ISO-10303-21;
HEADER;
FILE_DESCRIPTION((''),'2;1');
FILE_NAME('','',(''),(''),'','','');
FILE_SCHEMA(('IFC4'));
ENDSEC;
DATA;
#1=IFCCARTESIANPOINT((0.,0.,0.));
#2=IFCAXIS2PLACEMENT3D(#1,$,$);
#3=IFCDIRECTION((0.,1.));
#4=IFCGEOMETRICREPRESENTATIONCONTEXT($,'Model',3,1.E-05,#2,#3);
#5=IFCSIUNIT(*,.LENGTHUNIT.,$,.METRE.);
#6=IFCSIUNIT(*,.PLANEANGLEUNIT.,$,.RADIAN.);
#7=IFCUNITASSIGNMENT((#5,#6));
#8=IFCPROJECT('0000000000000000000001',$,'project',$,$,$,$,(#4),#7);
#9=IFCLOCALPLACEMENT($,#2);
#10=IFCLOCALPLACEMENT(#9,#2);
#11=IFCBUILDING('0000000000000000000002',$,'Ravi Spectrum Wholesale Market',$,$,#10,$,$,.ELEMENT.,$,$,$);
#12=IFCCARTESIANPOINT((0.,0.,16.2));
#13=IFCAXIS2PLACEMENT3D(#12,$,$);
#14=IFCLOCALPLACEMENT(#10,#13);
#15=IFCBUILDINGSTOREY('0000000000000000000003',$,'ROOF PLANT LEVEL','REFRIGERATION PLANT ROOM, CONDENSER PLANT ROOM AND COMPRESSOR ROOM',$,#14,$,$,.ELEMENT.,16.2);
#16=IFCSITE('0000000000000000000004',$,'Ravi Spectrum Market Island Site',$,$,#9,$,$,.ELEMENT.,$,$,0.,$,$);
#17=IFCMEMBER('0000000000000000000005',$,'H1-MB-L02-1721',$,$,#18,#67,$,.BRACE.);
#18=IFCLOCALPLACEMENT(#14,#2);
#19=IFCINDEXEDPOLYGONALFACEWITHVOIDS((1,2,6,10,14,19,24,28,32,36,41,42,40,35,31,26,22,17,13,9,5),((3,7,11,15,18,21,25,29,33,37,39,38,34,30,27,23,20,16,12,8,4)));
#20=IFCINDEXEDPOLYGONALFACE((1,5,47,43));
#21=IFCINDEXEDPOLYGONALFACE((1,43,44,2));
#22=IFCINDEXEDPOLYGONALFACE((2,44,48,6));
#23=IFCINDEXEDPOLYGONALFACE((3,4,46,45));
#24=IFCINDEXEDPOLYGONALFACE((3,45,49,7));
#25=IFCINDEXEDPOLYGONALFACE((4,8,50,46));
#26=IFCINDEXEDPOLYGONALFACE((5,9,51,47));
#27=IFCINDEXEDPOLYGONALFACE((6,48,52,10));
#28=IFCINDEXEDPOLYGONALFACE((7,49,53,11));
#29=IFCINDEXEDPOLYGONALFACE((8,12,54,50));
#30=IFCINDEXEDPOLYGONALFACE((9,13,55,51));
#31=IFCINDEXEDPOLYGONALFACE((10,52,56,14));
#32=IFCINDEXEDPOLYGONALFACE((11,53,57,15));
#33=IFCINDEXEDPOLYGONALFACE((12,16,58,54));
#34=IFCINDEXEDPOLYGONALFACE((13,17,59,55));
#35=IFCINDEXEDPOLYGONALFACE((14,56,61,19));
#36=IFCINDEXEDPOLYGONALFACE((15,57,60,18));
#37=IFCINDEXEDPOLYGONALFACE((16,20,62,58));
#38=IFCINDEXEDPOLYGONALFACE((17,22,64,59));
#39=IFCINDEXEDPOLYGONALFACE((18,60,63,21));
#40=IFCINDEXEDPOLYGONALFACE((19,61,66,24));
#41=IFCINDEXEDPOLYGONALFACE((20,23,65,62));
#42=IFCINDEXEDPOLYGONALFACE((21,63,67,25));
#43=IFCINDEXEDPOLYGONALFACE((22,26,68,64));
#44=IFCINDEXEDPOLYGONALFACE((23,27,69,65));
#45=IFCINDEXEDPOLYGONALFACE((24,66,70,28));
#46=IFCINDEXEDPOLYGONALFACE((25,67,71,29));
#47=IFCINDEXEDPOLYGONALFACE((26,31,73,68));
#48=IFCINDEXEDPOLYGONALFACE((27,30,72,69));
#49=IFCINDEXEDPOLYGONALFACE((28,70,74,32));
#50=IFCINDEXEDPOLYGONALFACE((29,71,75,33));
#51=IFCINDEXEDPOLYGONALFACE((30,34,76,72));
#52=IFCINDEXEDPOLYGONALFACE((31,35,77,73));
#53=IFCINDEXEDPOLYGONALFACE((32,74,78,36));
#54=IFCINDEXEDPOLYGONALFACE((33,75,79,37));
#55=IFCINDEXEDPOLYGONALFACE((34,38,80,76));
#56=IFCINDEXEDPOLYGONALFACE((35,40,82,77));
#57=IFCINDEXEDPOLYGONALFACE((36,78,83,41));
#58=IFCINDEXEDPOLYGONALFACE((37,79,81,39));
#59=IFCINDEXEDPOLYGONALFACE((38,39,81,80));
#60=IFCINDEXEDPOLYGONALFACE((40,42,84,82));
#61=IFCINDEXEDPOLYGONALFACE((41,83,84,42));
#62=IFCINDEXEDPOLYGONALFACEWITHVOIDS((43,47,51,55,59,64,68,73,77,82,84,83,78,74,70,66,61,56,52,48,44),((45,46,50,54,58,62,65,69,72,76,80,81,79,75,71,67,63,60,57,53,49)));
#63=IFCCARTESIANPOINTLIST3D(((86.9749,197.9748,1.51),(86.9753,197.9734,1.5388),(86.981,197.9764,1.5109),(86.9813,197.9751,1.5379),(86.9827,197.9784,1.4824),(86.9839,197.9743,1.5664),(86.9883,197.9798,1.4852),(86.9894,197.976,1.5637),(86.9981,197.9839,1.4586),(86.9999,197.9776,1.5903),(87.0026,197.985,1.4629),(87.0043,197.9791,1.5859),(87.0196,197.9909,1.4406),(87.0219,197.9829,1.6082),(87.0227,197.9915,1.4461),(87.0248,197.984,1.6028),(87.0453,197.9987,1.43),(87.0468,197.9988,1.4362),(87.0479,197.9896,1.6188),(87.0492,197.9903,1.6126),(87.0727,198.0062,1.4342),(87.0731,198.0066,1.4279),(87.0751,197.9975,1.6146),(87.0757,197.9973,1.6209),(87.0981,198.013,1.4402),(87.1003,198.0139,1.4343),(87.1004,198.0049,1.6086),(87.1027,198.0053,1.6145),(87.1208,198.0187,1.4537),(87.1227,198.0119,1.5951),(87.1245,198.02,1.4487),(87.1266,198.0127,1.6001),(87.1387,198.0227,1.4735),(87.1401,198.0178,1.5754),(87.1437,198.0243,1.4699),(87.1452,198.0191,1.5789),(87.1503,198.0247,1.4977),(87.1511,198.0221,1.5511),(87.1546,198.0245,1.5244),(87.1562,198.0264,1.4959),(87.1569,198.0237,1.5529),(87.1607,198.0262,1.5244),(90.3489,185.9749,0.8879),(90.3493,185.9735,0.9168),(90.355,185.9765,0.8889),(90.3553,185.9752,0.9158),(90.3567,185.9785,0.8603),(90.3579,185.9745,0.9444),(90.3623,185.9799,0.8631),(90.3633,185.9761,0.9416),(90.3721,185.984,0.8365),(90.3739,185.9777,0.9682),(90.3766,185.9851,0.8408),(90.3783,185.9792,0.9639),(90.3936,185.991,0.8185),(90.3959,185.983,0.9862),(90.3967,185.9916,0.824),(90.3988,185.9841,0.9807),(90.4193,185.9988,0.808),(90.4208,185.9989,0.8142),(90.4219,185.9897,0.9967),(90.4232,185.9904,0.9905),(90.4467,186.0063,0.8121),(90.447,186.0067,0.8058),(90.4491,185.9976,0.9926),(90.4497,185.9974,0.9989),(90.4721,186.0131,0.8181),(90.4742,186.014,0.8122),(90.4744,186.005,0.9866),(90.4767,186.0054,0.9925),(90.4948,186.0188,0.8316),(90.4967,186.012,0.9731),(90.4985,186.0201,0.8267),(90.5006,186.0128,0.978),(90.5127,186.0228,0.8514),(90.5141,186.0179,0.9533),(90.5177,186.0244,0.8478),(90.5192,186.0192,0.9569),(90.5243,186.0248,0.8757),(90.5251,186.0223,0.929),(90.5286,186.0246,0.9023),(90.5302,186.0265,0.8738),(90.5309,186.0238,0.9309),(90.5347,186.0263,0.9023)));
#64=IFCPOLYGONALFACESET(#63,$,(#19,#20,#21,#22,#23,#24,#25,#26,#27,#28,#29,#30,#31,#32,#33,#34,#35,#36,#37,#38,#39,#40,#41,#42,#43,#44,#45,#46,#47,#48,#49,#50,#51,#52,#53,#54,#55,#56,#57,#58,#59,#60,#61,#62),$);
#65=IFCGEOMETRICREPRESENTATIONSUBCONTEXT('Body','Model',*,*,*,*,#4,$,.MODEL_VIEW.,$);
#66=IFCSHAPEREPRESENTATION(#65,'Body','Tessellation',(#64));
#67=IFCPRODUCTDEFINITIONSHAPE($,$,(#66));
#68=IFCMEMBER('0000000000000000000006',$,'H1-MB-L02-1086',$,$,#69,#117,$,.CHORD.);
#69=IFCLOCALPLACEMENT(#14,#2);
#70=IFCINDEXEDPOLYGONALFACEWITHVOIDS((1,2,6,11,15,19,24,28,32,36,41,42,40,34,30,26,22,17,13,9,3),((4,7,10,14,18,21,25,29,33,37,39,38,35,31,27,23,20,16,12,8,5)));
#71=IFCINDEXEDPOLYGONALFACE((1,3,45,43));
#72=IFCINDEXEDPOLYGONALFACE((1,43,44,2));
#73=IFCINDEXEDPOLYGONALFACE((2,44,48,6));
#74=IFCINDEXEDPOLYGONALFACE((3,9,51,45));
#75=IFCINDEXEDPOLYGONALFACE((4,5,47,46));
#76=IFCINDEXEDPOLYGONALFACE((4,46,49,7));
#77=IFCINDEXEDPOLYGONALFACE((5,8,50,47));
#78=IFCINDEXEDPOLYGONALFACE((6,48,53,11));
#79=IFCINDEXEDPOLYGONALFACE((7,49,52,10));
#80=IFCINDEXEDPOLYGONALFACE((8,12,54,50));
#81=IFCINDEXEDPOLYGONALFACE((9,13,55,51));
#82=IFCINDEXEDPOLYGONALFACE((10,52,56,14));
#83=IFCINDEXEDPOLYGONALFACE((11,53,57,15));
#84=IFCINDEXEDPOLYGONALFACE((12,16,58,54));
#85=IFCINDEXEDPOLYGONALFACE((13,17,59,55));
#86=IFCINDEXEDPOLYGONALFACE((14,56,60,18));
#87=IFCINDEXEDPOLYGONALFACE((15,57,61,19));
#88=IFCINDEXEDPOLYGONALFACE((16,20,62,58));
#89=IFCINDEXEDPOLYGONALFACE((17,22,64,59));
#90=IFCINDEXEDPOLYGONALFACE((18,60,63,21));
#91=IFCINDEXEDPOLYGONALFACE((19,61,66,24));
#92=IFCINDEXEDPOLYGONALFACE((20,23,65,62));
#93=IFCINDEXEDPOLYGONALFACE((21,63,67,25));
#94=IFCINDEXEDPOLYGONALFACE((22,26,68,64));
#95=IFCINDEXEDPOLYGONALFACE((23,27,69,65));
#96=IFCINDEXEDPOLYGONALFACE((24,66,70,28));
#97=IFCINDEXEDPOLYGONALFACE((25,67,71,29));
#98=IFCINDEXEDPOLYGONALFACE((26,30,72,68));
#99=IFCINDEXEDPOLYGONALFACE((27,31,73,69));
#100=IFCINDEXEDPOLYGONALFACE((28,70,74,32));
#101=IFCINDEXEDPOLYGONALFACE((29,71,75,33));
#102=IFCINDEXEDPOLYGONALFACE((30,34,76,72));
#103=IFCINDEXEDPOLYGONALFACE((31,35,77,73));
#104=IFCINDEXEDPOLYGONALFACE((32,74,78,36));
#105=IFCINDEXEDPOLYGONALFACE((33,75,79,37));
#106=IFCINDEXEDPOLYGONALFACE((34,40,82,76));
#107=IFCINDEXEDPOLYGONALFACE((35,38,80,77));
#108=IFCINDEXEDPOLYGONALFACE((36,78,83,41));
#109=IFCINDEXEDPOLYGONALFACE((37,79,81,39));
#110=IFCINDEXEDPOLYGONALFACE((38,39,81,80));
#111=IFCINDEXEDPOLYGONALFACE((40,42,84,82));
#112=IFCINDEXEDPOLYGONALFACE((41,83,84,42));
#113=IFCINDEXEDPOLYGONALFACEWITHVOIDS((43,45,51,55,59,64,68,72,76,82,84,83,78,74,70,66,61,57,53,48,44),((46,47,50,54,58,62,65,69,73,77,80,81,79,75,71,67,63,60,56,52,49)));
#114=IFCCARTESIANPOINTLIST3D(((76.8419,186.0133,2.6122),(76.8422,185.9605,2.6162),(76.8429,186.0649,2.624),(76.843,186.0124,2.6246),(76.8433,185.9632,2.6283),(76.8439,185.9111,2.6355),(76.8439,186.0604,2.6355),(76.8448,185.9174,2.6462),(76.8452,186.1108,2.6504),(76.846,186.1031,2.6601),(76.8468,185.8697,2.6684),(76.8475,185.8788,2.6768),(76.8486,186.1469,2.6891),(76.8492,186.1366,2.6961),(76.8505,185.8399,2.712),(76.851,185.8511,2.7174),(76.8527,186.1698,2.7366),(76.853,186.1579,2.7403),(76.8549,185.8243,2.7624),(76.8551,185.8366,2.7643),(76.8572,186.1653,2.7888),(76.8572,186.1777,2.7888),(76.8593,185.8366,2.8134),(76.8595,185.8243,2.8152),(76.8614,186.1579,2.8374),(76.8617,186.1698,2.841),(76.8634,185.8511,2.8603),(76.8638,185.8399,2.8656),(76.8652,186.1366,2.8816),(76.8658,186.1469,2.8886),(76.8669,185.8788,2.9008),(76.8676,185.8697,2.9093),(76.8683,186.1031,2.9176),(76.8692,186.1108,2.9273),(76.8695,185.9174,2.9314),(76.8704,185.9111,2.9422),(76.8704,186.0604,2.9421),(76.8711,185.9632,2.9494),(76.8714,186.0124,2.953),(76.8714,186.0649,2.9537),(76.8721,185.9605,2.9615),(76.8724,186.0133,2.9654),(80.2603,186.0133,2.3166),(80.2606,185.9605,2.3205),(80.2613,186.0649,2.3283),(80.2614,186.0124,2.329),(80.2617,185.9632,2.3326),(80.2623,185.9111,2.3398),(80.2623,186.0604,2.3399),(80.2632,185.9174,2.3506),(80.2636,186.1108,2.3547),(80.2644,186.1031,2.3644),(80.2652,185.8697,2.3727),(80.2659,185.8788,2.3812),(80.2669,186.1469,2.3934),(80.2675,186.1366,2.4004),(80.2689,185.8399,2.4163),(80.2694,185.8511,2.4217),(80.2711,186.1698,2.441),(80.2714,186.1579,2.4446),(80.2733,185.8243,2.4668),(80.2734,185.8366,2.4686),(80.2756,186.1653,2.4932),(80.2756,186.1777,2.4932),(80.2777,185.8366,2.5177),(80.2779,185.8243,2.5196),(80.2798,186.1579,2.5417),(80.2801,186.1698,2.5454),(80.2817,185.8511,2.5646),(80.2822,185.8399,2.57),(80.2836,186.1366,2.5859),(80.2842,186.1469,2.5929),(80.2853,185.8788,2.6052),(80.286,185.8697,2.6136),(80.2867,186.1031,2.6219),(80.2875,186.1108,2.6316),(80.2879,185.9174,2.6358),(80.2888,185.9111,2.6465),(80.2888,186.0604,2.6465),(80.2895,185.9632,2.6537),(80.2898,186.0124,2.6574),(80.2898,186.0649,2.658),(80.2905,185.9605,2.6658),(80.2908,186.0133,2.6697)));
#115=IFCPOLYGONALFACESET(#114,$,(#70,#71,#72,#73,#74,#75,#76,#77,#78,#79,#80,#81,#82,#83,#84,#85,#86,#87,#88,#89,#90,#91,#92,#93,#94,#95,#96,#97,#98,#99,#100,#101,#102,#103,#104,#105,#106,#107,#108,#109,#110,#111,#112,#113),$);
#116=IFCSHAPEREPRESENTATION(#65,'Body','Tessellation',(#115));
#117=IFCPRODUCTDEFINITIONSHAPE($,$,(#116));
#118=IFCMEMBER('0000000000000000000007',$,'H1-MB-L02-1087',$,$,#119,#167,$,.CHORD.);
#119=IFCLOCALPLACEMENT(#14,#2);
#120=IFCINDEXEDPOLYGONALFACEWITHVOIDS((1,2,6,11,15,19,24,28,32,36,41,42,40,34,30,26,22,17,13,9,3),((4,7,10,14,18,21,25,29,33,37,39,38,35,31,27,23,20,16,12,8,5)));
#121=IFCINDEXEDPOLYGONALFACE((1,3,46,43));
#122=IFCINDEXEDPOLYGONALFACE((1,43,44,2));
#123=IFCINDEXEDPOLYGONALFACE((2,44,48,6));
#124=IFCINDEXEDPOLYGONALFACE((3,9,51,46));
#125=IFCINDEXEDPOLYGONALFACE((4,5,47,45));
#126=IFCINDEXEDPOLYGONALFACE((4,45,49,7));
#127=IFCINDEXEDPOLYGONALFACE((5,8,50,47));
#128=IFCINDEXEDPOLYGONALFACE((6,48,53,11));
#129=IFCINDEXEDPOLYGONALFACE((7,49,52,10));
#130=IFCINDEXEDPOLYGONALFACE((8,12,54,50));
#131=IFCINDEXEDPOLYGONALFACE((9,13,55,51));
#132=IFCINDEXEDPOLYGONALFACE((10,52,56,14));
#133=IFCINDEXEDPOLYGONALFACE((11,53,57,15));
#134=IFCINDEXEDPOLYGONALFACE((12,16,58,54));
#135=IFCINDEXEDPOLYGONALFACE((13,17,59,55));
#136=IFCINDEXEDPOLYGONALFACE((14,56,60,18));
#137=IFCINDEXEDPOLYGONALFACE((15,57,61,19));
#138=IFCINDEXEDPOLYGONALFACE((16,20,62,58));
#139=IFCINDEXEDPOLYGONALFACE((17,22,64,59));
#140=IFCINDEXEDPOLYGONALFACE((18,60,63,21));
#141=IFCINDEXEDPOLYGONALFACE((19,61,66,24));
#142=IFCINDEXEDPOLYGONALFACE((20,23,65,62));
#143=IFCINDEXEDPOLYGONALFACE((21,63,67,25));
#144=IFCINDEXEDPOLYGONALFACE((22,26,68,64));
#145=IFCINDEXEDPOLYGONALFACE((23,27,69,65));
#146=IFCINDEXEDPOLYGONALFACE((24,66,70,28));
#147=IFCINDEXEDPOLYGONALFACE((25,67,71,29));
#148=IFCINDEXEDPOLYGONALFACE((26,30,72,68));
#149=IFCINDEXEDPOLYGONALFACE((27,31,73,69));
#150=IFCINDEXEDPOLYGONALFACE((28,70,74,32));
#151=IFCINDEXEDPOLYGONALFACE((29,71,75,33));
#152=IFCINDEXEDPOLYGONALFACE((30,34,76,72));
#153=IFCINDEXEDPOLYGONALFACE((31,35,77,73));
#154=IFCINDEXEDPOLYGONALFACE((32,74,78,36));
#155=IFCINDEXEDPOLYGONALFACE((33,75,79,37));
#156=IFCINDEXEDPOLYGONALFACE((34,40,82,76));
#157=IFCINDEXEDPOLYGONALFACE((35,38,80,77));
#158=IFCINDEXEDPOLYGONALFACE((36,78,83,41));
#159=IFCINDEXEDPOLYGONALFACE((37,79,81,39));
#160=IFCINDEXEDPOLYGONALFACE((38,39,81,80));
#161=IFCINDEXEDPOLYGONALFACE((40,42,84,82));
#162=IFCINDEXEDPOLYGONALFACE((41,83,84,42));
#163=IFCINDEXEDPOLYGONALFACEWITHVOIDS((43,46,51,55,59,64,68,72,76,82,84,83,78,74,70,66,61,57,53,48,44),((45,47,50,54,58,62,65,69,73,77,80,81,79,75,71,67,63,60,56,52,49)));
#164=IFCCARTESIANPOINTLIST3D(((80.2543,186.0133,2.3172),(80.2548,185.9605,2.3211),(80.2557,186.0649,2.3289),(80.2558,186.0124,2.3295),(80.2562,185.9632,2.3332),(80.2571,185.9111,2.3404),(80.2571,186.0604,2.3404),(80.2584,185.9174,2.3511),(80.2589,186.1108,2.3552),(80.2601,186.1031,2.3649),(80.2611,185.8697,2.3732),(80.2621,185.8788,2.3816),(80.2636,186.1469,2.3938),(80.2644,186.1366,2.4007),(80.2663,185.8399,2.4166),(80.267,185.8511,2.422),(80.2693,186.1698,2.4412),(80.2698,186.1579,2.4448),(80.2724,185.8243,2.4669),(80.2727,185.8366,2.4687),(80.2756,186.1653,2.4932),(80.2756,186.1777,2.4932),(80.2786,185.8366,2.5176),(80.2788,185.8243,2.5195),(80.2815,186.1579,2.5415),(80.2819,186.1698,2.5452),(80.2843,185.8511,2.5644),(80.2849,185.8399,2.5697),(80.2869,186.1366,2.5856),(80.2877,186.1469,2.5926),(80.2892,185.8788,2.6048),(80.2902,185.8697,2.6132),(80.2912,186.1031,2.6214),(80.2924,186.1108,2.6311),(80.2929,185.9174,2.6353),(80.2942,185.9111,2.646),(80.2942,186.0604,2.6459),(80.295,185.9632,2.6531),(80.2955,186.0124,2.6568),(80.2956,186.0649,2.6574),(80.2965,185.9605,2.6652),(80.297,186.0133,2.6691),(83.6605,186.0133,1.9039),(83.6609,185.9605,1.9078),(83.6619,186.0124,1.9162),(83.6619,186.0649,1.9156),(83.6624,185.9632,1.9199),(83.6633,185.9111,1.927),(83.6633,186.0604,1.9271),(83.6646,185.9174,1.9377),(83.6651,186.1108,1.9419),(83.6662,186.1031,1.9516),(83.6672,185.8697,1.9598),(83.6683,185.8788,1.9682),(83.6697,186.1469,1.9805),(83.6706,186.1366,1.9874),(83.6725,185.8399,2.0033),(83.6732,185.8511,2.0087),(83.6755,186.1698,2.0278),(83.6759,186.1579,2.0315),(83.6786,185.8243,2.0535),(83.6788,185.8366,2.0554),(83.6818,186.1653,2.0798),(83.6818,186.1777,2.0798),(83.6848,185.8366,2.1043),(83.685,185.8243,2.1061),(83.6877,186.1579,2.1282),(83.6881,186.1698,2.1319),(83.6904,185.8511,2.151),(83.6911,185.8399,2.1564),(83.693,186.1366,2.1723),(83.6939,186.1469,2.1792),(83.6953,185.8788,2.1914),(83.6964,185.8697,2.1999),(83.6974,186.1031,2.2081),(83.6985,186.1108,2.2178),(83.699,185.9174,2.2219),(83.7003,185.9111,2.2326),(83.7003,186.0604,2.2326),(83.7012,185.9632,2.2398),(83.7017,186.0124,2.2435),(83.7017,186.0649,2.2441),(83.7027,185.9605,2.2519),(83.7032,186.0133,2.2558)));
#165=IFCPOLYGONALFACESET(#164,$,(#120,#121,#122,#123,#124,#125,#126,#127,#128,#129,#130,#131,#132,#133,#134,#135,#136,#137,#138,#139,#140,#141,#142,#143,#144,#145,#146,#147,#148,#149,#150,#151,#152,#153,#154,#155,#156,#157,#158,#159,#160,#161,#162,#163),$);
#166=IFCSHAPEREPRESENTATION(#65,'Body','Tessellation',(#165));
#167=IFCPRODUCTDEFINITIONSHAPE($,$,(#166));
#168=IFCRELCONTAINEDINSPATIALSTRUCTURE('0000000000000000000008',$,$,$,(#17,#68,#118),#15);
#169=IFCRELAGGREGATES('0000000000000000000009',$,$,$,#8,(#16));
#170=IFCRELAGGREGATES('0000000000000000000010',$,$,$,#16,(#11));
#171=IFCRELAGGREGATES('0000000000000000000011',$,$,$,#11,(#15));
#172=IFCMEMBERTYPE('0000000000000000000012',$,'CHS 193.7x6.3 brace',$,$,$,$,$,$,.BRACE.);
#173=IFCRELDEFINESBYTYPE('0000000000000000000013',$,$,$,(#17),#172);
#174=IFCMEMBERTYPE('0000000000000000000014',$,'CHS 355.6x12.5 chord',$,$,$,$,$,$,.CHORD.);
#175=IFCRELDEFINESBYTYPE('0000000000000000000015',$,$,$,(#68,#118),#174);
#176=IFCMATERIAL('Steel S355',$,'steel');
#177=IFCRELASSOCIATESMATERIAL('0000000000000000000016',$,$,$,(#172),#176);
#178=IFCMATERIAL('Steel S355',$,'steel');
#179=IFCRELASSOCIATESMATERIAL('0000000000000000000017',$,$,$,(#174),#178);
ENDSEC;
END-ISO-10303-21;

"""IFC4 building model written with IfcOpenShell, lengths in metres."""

from ifc_helpers import new_model, si_unit, direction, frame, origin, origin_2d, place, context, subcontext, project, spatial, hollow_circle, extrude, material, material_profile, profile_set, type_object, element, save


model = new_model("IFC4")

# Units and contexts
model_context = context("Model", 3, precision=1e-05, world=origin(), true_north=direction((0.0, 1.0)))
body_context = subcontext(model_context, "Body", "Model", "MODEL_VIEW")
ifc_project = project(units=[si_unit("LENGTHUNIT", "METRE"), si_unit("PLANEANGLEUNIT", "RADIAN")], contexts=[model_context])

# Site, building, storey
site_placement = place(None, origin())
site = spatial("IfcSite", under=ifc_project, at=site_placement, Name="Ravi Spectrum Market Island Site", CompositionType="ELEMENT", RefElevation=0.0)
building_placement = place(site_placement, origin())
building = spatial("IfcBuilding", under=site, at=building_placement, Name="Ravi Spectrum Wholesale Market", CompositionType="ELEMENT")
storey_placement = place(building_placement, frame((0.0, 0.0, 16.2)))
storey = spatial("IfcBuildingStorey", under=building, at=storey_placement, Name="ROOF PLANT LEVEL", Description="REFRIGERATION PLANT ROOM, CONDENSER PLANT ROOM AND COMPRESSOR ROOM", CompositionType="ELEMENT", Elevation=16.2)

# Members
ifc_material_1 = material(Name="Steel S355", Category="steel")
ifc_material_profile_1 = material_profile(ifc_material_1, hollow_circle(Radius=0.0969, WallThickness=0.0063, at=origin_2d()))
ifc_profile_set_1 = profile_set([ifc_material_profile_1], Name="Steel S355")
member_type_1 = type_object("IfcMemberType", Name="CHS 193.7x6.3 brace", PredefinedType="BRACE", material=ifc_profile_set_1)
for number, where, z_axis, x_axis, name in (
    (1, (87.0674, 198.0, 1.5244), (0.270337, -0.961475, -0.049842), (0.962671, 0.270673, 0.0), "H1-MB-L02-1721"),
):
    element("IfcMember", number, at=place(storey_placement, frame(where, z_axis=z_axis, x_axis=x_axis)), inside=storey, type_object=member_type_1, Name=name, PredefinedType="BRACE", context=body_context, shape_type="SweptSolid", body=[
        extrude(hollow_circle(Radius=0.0969, WallThickness=0.0063, at=origin_2d()), origin(), (0.0, 0.0, 1.0), 12.4807),
    ])
ifc_material_2 = material(Name="Steel S355", Category="steel")
ifc_material_profile_2 = material_profile(ifc_material_2, hollow_circle(Radius=0.1777, WallThickness=0.0125, at=origin_2d()))
ifc_profile_set_2 = profile_set([ifc_material_profile_2], Name="Steel S355")
member_type_2 = type_object("IfcMemberType", Name="CHS 355.6x12.5 chord", PredefinedType="CHORD", material=ifc_profile_set_2)
for number, where, z_axis, x_axis, name in (
    (2, (76.8572, 186.0, 2.7888), (0.996281, 0.0, -0.086166), (0.0, 1.0, 0.0), "H1-MB-L02-1086"),
    (3, (80.2756, 186.0, 2.4932), (0.992718, 0.0, -0.120461), (0.0, 1.0, 0.0), "H1-MB-L02-1087"),
):
    element("IfcMember", number, at=place(storey_placement, frame(where, z_axis=z_axis, x_axis=x_axis)), inside=storey, type_object=member_type_2, Name=name, PredefinedType="CHORD", context=body_context, shape_type="SweptSolid", body=[
        extrude(hollow_circle(Radius=0.1777, WallThickness=0.0125, at=origin_2d()), origin(), (0.0, 0.0, 1.0), 3.4312),
    ])

save(model, "model.ifc")
